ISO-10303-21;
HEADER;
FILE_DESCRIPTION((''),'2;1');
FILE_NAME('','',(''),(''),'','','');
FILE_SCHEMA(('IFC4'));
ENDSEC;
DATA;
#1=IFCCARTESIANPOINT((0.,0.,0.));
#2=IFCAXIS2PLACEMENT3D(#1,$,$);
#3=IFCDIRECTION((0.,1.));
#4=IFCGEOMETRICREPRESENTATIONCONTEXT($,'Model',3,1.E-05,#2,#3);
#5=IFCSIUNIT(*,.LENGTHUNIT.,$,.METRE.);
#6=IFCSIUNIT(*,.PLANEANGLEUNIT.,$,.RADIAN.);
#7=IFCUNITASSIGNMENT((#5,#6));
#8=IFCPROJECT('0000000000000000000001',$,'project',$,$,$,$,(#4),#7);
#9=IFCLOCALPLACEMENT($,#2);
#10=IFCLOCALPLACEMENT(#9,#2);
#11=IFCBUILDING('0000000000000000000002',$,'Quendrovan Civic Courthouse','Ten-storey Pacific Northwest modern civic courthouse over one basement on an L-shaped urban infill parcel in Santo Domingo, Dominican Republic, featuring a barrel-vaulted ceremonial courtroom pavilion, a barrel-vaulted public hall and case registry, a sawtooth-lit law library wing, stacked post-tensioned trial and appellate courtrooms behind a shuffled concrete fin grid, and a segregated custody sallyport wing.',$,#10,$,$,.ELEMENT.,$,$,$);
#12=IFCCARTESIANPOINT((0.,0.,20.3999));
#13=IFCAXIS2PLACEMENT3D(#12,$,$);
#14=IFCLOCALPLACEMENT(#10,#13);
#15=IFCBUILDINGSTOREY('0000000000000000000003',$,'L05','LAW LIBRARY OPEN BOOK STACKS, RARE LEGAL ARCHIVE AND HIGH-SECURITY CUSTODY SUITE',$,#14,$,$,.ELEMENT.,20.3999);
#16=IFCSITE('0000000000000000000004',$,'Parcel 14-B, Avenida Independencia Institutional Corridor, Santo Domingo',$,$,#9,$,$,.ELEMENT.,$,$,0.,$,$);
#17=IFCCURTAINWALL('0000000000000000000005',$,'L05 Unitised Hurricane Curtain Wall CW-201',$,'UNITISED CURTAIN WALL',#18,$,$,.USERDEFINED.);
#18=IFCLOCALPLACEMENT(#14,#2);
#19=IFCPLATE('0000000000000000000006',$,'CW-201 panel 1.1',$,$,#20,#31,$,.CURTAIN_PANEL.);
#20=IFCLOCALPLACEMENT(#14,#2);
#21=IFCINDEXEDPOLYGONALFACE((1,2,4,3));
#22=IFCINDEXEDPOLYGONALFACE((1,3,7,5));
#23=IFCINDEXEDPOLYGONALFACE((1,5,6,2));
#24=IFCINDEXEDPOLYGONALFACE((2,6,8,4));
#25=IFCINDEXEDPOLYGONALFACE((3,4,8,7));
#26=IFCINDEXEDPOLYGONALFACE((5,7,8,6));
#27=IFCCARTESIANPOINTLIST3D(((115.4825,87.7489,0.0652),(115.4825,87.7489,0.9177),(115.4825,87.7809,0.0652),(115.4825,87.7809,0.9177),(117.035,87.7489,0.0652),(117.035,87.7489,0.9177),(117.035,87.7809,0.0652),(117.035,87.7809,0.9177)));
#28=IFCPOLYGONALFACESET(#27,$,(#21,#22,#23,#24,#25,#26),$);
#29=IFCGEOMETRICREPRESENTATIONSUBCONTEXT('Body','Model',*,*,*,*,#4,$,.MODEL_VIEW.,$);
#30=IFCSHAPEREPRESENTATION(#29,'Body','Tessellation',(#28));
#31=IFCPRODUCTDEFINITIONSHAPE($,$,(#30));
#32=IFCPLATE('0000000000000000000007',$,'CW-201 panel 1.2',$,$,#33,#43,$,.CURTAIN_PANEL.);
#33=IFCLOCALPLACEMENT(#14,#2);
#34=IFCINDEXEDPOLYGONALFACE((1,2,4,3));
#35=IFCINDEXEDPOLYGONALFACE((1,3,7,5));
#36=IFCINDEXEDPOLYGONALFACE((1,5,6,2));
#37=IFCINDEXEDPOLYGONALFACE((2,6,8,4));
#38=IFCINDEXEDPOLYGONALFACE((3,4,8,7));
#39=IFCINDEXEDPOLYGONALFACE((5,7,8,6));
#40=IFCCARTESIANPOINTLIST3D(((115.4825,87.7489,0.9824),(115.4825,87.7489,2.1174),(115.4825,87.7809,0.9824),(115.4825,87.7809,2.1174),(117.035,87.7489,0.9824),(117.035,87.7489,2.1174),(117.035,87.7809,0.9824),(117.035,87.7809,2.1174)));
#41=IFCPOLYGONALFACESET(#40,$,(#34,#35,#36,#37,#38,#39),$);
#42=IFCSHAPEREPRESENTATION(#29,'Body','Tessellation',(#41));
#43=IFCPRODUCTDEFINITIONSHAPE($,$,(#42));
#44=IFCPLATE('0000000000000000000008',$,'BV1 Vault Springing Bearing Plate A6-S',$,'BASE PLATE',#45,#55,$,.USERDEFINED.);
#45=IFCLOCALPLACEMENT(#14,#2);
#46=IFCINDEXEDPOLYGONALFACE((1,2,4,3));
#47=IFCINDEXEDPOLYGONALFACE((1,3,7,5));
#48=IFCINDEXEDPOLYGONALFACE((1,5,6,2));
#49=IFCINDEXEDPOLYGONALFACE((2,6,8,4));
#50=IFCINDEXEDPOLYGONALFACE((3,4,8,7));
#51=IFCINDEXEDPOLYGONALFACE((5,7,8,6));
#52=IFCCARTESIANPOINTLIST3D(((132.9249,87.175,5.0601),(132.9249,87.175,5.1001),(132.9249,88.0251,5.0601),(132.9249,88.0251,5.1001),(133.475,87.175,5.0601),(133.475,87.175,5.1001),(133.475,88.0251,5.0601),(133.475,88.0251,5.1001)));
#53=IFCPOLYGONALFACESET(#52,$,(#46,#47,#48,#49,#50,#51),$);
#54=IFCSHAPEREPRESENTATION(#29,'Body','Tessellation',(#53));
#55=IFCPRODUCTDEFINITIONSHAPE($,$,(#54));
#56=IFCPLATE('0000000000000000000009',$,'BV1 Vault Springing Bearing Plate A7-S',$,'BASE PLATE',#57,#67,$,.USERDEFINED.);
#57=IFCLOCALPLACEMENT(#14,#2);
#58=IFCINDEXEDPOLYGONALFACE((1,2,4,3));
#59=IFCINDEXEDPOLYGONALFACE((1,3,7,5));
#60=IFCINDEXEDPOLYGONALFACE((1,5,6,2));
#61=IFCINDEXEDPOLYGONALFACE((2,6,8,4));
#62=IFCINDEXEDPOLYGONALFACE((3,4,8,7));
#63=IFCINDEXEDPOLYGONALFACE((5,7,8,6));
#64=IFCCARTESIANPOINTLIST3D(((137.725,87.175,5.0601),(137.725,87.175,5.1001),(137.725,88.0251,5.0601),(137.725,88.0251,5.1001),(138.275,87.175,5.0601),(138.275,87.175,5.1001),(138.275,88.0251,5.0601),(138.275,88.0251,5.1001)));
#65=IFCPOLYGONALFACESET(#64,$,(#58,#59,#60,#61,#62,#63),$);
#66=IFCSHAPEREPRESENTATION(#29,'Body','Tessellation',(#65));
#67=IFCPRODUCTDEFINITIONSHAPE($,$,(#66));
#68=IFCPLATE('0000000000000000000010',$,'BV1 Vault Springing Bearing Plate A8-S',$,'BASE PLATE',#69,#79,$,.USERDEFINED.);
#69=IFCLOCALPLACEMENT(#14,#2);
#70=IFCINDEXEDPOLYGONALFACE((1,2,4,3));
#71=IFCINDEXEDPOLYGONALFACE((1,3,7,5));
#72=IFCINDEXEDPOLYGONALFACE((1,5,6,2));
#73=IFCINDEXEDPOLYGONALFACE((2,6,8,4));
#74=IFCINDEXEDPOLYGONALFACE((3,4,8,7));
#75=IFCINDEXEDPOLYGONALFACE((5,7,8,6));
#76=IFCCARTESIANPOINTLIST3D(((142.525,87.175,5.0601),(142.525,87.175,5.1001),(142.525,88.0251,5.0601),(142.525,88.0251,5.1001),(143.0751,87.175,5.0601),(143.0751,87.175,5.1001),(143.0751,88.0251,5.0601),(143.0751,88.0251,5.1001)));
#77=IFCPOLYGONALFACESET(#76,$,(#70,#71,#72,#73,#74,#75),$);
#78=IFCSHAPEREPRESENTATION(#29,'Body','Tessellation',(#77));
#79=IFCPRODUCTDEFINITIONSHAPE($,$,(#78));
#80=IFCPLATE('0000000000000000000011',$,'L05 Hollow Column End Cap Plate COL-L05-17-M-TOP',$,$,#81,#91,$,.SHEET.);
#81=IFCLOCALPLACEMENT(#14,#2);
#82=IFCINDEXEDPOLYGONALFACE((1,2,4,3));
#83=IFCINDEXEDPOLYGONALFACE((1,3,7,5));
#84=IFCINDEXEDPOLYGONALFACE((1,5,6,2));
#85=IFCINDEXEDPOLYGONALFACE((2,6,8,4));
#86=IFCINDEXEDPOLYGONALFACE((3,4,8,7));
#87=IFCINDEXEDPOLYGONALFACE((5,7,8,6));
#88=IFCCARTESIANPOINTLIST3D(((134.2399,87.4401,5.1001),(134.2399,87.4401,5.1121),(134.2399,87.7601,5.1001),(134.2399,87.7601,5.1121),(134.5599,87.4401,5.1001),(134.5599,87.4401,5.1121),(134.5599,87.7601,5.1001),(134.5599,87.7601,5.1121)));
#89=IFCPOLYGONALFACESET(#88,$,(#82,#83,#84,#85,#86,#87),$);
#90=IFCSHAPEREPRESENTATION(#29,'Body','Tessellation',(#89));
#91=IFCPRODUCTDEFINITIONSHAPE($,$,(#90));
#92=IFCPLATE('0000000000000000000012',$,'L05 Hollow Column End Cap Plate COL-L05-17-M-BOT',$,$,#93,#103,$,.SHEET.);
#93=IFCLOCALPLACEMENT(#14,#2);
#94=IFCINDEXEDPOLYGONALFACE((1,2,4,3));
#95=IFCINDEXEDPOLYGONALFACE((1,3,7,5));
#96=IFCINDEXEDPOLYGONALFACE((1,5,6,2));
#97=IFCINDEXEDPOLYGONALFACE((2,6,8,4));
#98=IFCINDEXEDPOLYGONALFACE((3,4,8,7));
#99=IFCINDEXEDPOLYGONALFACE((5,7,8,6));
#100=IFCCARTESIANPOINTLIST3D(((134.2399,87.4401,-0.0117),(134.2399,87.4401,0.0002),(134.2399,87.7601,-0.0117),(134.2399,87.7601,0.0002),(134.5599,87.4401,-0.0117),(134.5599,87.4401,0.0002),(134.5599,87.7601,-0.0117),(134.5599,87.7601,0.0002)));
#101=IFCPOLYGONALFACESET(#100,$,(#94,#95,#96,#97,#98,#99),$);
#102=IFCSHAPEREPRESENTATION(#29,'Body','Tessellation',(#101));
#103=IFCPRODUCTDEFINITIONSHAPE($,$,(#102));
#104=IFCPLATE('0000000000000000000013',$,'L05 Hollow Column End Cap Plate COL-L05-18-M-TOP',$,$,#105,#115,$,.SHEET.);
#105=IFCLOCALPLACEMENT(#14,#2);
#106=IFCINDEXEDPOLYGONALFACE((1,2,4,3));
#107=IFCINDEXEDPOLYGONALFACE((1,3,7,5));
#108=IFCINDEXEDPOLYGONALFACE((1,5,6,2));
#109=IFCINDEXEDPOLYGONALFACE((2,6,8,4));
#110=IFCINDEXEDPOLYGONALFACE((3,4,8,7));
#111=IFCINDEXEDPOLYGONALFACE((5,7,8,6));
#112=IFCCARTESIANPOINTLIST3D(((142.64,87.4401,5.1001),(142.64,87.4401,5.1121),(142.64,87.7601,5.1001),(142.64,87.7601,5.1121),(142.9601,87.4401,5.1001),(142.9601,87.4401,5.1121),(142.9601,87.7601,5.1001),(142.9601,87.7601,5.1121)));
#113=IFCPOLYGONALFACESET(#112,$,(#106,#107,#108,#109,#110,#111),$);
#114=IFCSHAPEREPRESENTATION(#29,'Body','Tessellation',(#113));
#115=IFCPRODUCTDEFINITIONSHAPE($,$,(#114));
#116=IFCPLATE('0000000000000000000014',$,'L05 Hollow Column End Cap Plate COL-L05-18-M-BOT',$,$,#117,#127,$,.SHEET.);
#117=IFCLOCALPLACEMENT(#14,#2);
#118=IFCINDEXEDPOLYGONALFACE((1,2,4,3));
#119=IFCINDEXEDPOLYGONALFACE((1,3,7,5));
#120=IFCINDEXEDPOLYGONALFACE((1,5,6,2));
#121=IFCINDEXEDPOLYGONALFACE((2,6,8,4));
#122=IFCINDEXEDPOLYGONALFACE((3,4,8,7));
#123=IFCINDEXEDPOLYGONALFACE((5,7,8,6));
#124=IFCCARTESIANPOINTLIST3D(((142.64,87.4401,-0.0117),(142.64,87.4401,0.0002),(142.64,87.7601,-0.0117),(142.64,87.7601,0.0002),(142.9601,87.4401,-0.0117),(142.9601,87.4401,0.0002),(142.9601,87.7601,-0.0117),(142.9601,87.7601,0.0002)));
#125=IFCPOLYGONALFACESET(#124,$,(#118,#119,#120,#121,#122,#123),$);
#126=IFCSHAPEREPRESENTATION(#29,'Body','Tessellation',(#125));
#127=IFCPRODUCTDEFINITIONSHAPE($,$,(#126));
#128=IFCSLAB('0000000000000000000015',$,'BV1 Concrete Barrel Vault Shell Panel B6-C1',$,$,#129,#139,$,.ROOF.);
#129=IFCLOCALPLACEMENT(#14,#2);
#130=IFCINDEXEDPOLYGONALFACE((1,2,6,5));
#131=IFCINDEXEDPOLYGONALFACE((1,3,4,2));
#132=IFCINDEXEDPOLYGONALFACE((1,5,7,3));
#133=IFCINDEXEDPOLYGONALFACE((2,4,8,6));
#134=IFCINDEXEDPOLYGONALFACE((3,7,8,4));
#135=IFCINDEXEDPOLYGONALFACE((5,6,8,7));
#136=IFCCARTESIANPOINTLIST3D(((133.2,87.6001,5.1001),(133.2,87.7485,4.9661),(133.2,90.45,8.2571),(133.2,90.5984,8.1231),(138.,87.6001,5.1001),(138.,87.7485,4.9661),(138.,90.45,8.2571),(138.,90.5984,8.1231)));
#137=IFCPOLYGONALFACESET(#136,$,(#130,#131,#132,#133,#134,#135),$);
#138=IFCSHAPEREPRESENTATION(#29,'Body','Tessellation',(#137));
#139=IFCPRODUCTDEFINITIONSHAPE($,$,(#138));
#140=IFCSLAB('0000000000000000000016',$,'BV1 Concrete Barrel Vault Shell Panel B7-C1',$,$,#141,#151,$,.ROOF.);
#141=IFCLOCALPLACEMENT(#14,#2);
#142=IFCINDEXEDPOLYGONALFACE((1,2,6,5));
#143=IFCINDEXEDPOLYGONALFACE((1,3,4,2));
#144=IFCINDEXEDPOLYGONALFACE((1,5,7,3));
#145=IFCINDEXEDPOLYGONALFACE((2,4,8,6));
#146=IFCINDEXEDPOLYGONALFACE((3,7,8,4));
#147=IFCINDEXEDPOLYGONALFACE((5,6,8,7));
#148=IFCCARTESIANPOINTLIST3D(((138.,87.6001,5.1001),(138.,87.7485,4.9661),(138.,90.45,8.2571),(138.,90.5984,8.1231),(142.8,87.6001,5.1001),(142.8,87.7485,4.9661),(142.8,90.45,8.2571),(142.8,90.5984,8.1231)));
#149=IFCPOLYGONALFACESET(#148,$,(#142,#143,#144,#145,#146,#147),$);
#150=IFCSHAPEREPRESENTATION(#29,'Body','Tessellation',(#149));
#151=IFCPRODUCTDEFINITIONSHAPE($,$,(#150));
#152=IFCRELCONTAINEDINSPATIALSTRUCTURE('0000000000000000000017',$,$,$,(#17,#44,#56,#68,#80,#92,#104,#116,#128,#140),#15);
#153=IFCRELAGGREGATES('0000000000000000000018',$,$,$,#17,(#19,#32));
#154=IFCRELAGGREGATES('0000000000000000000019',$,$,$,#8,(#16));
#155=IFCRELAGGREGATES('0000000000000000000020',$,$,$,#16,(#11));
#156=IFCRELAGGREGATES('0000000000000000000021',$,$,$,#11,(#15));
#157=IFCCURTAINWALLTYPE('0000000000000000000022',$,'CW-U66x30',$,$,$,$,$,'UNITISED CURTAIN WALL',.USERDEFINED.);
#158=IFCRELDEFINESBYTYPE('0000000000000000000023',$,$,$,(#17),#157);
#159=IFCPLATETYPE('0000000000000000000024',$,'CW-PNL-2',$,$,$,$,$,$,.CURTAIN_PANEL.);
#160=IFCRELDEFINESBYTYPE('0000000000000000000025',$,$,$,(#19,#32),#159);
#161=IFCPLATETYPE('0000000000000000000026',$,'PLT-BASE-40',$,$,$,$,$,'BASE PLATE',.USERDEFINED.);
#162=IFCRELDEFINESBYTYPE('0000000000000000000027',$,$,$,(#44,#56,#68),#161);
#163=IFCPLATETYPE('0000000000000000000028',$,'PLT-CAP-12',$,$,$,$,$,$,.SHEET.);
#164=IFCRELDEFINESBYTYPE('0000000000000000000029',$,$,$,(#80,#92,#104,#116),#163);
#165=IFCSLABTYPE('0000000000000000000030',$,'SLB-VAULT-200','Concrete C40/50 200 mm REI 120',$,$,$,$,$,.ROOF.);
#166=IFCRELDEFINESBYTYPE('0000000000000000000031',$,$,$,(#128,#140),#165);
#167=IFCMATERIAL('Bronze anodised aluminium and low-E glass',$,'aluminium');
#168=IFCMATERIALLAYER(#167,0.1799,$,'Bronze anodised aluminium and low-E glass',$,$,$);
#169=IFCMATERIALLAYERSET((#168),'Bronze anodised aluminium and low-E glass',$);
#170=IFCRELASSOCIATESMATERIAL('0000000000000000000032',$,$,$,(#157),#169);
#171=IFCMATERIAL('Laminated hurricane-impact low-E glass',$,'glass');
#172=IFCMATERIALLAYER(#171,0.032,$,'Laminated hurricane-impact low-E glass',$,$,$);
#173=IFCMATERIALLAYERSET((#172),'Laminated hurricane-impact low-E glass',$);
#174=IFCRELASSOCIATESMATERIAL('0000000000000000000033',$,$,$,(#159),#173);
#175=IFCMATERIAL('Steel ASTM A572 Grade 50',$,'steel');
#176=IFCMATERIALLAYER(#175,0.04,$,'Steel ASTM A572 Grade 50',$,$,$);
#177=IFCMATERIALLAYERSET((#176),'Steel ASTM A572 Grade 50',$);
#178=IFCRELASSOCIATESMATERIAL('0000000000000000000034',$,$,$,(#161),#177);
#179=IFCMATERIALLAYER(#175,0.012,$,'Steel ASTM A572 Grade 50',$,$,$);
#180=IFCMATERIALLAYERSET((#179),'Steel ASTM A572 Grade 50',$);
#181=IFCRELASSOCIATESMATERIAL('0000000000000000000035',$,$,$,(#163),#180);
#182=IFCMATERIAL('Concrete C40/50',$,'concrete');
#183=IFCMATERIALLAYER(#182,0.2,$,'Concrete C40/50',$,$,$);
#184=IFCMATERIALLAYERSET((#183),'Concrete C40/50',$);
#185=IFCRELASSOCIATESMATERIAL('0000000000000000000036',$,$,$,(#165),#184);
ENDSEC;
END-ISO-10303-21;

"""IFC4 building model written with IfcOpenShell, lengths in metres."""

from ifc_helpers import new_model, si_unit, direction, frame, origin, origin_2d, place, context, subcontext, project, spatial, polyline, rectangle, outline, extrude, material, layer, layer_set, type_object, element, aggregate, save


model = new_model("IFC4")

# Units and contexts
model_context = context("Model", 3, precision=1e-05, world=origin(), true_north=direction((0.0, 1.0)))
body_context = subcontext(model_context, "Body", "Model", "MODEL_VIEW")
ifc_project = project(units=[si_unit("LENGTHUNIT", "METRE"), si_unit("PLANEANGLEUNIT", "RADIAN")], contexts=[model_context])

# Site, building, storey
site_placement = place(None, origin())
site = spatial("IfcSite", under=ifc_project, at=site_placement, Name="Parcel 14-B, Avenida Independencia Institutional Corridor, Santo Domingo", CompositionType="ELEMENT", RefElevation=0.0)
building_placement = place(site_placement, origin())
building = spatial("IfcBuilding", under=site, at=building_placement, Name="Quendrovan Civic Courthouse", Description="Ten-storey Pacific Northwest modern civic courthouse over one basement on an L-shaped urban infill parcel in Santo Domingo, Dominican Republic, featuring a barrel-vaulted ceremonial courtroom pavilion, a barrel-vaulted public hall and case registry, a sawtooth-lit law library wing, stacked post-tensioned trial and appellate courtrooms behind a shuffled concrete fin grid, and a segregated custody sallyport wing.", CompositionType="ELEMENT")
storey_placement = place(building_placement, frame((0.0, 0.0, 20.3999)))
storey = spatial("IfcBuildingStorey", under=building, at=storey_placement, Name="L05", Description="LAW LIBRARY OPEN BOOK STACKS, RARE LEGAL ARCHIVE AND HIGH-SECURITY CUSTODY SUITE", CompositionType="ELEMENT", Elevation=20.3999)

# Shared definitions
ifc_material_1 = material(Name="Concrete C40/50", Category="concrete")

# Curtain wall, plates
ifc_material_2 = material(Name="Bronze anodised aluminium and low-E glass", Category="aluminium")
ifc_layer_1 = layer(ifc_material_2, 0.1799, Name="Bronze anodised aluminium and low-E glass")
ifc_layer_set_1 = layer_set([ifc_layer_1], Name="Bronze anodised aluminium and low-E glass")
curtain_wall_type = type_object("IfcCurtainWallType", Name="CW-U66x30", ElementType="UNITISED CURTAIN WALL", PredefinedType="USERDEFINED", material=ifc_layer_set_1)
curtain_wall_placement = place(storey_placement, origin())
curtain_wall = element("IfcCurtainWall", 1, at=curtain_wall_placement, inside=storey, type_object=curtain_wall_type, Name="L05 Unitised Hurricane Curtain Wall CW-201", ObjectType="UNITISED CURTAIN WALL", PredefinedType="USERDEFINED")
ifc_material_3 = material(Name="Laminated hurricane-impact low-E glass", Category="glass")
ifc_layer_2 = layer(ifc_material_3, 0.032, Name="Laminated hurricane-impact low-E glass")
ifc_layer_set_2 = layer_set([ifc_layer_2], Name="Laminated hurricane-impact low-E glass")
plate_type_1 = type_object("IfcPlateType", Name="CW-PNL-2", PredefinedType="CURTAIN_PANEL", material=ifc_layer_set_2)
plate_1_placement = place(storey_placement, frame((116.2588, 87.7649, 0.0652), z_axis=(0.0, 0.0, 1.0), x_axis=(-1.0, 0.0, 0.0)))
plate_1 = element("IfcPlate", 2, at=plate_1_placement, type_object=plate_type_1, Name="CW-201 panel 1.1", PredefinedType="CURTAIN_PANEL", context=body_context, shape_type="SweptSolid", body=[
    extrude(rectangle(XDim=1.5525, YDim=0.032, at=origin_2d()), origin(), (0.0, 0.0, 1.0), 0.8525),
])
plate_2_placement = place(storey_placement, frame((116.2588, 87.7649, 0.9824), z_axis=(0.0, 0.0, 1.0), x_axis=(-1.0, 0.0, 0.0)))
plate_2 = element("IfcPlate", 3, at=plate_2_placement, type_object=plate_type_1, Name="CW-201 panel 1.2", PredefinedType="CURTAIN_PANEL", context=body_context, shape_type="SweptSolid", body=[
    extrude(rectangle(XDim=1.5525, YDim=0.032, at=origin_2d()), origin(), (0.0, 0.0, 1.0), 1.135),
])
aggregate(curtain_wall, [plate_1, plate_2])

# Plates
ifc_material_4 = material(Name="Steel ASTM A572 Grade 50", Category="steel")
ifc_layer_3 = layer(ifc_material_4, 0.04, Name="Steel ASTM A572 Grade 50")
ifc_layer_set_3 = layer_set([ifc_layer_3], Name="Steel ASTM A572 Grade 50")
plate_type_2 = type_object("IfcPlateType", Name="PLT-BASE-40", ElementType="BASE PLATE", PredefinedType="USERDEFINED", material=ifc_layer_set_3)
for number, where, z_axis, x_axis, name in (
    (4, (133.2, 87.6001, 5.0601), (0.0, 0.0, 1.0), (1.0, 0.0, 0.0), "BV1 Vault Springing Bearing Plate A6-S"),
    (5, (138.0, 87.6001, 5.0601), (0.0, 0.0, 1.0), (1.0, 0.0, 0.0), "BV1 Vault Springing Bearing Plate A7-S"),
    (6, (142.8, 87.6001, 5.0601), (0.0, 0.0, 1.0), (1.0, 0.0, 0.0), "BV1 Vault Springing Bearing Plate A8-S"),
):
    element("IfcPlate", number, at=place(storey_placement, frame(where, z_axis=z_axis, x_axis=x_axis)), inside=storey, type_object=plate_type_2, Name=name, ObjectType="BASE PLATE", PredefinedType="USERDEFINED", context=body_context, shape_type="SweptSolid", body=[
        extrude(rectangle(XDim=0.55, YDim=0.8501, at=origin_2d()), origin(), (0.0, 0.0, 1.0), 0.04),
    ])
ifc_layer_4 = layer(ifc_material_4, 0.012, Name="Steel ASTM A572 Grade 50")
ifc_layer_set_4 = layer_set([ifc_layer_4], Name="Steel ASTM A572 Grade 50")
plate_type_3 = type_object("IfcPlateType", Name="PLT-CAP-12", PredefinedType="SHEET", material=ifc_layer_set_4)
for number, where, z_axis, x_axis, name in (
    (7, (134.3999, 87.6001, 5.1001), (0.0, 0.0, 1.0), (1.0, 0.0, 0.0), "L05 Hollow Column End Cap Plate COL-L05-17-M-TOP"),
    (8, (134.3999, 87.6001, -0.0117), (0.0, 0.0, 1.0), (1.0, 0.0, 0.0), "L05 Hollow Column End Cap Plate COL-L05-17-M-BOT"),
    (9, (142.8, 87.6001, 5.1001), (0.0, 0.0, 1.0), (1.0, 0.0, 0.0), "L05 Hollow Column End Cap Plate COL-L05-18-M-TOP"),
    (10, (142.8, 87.6001, -0.0117), (0.0, 0.0, 1.0), (1.0, 0.0, 0.0), "L05 Hollow Column End Cap Plate COL-L05-18-M-BOT"),
):
    element("IfcPlate", number, at=place(storey_placement, frame(where, z_axis=z_axis, x_axis=x_axis)), inside=storey, type_object=plate_type_3, Name=name, PredefinedType="SHEET", context=body_context, shape_type="SweptSolid", body=[
        extrude(rectangle(XDim=0.3201, YDim=0.3201, at=origin_2d()), origin(), (0.0, 0.0, 1.0), 0.012),
    ])

# Slabs
ifc_layer_5 = layer(ifc_material_1, 0.2, Name="Concrete C40/50")
ifc_layer_set_5 = layer_set([ifc_layer_5], Name="Concrete C40/50")
slab_type = type_object("IfcSlabType", Name="SLB-VAULT-200", Description="Concrete C40/50 200 mm REI 120", PredefinedType="ROOF", material=ifc_layer_set_5)
for number, where, z_axis, x_axis, name in (
    (11, (133.2, 87.6001, 5.1001), (0.0, -0.742291, 0.670077), (1.0, 0.0, 0.0), "BV1 Concrete Barrel Vault Shell Panel B6-C1"),
    (12, (138.0, 87.6001, 5.1001), (0.0, -0.742291, 0.670077), (1.0, 0.0, 0.0), "BV1 Concrete Barrel Vault Shell Panel B7-C1"),
):
    element("IfcSlab", number, at=place(storey_placement, frame(where, z_axis=z_axis, x_axis=x_axis)), inside=storey, type_object=slab_type, Name=name, PredefinedType="ROOF", context=body_context, shape_type="SweptSolid", body=[
        extrude(outline(polyline([(0.0, 0.0), (4.8, 0.0), (4.8, 4.253), (0.0, 4.253), (0.0, 0.0)])), origin(), (0.0, 0.0, -1.0), 0.2),
    ])

save(model, "model.ifc")
